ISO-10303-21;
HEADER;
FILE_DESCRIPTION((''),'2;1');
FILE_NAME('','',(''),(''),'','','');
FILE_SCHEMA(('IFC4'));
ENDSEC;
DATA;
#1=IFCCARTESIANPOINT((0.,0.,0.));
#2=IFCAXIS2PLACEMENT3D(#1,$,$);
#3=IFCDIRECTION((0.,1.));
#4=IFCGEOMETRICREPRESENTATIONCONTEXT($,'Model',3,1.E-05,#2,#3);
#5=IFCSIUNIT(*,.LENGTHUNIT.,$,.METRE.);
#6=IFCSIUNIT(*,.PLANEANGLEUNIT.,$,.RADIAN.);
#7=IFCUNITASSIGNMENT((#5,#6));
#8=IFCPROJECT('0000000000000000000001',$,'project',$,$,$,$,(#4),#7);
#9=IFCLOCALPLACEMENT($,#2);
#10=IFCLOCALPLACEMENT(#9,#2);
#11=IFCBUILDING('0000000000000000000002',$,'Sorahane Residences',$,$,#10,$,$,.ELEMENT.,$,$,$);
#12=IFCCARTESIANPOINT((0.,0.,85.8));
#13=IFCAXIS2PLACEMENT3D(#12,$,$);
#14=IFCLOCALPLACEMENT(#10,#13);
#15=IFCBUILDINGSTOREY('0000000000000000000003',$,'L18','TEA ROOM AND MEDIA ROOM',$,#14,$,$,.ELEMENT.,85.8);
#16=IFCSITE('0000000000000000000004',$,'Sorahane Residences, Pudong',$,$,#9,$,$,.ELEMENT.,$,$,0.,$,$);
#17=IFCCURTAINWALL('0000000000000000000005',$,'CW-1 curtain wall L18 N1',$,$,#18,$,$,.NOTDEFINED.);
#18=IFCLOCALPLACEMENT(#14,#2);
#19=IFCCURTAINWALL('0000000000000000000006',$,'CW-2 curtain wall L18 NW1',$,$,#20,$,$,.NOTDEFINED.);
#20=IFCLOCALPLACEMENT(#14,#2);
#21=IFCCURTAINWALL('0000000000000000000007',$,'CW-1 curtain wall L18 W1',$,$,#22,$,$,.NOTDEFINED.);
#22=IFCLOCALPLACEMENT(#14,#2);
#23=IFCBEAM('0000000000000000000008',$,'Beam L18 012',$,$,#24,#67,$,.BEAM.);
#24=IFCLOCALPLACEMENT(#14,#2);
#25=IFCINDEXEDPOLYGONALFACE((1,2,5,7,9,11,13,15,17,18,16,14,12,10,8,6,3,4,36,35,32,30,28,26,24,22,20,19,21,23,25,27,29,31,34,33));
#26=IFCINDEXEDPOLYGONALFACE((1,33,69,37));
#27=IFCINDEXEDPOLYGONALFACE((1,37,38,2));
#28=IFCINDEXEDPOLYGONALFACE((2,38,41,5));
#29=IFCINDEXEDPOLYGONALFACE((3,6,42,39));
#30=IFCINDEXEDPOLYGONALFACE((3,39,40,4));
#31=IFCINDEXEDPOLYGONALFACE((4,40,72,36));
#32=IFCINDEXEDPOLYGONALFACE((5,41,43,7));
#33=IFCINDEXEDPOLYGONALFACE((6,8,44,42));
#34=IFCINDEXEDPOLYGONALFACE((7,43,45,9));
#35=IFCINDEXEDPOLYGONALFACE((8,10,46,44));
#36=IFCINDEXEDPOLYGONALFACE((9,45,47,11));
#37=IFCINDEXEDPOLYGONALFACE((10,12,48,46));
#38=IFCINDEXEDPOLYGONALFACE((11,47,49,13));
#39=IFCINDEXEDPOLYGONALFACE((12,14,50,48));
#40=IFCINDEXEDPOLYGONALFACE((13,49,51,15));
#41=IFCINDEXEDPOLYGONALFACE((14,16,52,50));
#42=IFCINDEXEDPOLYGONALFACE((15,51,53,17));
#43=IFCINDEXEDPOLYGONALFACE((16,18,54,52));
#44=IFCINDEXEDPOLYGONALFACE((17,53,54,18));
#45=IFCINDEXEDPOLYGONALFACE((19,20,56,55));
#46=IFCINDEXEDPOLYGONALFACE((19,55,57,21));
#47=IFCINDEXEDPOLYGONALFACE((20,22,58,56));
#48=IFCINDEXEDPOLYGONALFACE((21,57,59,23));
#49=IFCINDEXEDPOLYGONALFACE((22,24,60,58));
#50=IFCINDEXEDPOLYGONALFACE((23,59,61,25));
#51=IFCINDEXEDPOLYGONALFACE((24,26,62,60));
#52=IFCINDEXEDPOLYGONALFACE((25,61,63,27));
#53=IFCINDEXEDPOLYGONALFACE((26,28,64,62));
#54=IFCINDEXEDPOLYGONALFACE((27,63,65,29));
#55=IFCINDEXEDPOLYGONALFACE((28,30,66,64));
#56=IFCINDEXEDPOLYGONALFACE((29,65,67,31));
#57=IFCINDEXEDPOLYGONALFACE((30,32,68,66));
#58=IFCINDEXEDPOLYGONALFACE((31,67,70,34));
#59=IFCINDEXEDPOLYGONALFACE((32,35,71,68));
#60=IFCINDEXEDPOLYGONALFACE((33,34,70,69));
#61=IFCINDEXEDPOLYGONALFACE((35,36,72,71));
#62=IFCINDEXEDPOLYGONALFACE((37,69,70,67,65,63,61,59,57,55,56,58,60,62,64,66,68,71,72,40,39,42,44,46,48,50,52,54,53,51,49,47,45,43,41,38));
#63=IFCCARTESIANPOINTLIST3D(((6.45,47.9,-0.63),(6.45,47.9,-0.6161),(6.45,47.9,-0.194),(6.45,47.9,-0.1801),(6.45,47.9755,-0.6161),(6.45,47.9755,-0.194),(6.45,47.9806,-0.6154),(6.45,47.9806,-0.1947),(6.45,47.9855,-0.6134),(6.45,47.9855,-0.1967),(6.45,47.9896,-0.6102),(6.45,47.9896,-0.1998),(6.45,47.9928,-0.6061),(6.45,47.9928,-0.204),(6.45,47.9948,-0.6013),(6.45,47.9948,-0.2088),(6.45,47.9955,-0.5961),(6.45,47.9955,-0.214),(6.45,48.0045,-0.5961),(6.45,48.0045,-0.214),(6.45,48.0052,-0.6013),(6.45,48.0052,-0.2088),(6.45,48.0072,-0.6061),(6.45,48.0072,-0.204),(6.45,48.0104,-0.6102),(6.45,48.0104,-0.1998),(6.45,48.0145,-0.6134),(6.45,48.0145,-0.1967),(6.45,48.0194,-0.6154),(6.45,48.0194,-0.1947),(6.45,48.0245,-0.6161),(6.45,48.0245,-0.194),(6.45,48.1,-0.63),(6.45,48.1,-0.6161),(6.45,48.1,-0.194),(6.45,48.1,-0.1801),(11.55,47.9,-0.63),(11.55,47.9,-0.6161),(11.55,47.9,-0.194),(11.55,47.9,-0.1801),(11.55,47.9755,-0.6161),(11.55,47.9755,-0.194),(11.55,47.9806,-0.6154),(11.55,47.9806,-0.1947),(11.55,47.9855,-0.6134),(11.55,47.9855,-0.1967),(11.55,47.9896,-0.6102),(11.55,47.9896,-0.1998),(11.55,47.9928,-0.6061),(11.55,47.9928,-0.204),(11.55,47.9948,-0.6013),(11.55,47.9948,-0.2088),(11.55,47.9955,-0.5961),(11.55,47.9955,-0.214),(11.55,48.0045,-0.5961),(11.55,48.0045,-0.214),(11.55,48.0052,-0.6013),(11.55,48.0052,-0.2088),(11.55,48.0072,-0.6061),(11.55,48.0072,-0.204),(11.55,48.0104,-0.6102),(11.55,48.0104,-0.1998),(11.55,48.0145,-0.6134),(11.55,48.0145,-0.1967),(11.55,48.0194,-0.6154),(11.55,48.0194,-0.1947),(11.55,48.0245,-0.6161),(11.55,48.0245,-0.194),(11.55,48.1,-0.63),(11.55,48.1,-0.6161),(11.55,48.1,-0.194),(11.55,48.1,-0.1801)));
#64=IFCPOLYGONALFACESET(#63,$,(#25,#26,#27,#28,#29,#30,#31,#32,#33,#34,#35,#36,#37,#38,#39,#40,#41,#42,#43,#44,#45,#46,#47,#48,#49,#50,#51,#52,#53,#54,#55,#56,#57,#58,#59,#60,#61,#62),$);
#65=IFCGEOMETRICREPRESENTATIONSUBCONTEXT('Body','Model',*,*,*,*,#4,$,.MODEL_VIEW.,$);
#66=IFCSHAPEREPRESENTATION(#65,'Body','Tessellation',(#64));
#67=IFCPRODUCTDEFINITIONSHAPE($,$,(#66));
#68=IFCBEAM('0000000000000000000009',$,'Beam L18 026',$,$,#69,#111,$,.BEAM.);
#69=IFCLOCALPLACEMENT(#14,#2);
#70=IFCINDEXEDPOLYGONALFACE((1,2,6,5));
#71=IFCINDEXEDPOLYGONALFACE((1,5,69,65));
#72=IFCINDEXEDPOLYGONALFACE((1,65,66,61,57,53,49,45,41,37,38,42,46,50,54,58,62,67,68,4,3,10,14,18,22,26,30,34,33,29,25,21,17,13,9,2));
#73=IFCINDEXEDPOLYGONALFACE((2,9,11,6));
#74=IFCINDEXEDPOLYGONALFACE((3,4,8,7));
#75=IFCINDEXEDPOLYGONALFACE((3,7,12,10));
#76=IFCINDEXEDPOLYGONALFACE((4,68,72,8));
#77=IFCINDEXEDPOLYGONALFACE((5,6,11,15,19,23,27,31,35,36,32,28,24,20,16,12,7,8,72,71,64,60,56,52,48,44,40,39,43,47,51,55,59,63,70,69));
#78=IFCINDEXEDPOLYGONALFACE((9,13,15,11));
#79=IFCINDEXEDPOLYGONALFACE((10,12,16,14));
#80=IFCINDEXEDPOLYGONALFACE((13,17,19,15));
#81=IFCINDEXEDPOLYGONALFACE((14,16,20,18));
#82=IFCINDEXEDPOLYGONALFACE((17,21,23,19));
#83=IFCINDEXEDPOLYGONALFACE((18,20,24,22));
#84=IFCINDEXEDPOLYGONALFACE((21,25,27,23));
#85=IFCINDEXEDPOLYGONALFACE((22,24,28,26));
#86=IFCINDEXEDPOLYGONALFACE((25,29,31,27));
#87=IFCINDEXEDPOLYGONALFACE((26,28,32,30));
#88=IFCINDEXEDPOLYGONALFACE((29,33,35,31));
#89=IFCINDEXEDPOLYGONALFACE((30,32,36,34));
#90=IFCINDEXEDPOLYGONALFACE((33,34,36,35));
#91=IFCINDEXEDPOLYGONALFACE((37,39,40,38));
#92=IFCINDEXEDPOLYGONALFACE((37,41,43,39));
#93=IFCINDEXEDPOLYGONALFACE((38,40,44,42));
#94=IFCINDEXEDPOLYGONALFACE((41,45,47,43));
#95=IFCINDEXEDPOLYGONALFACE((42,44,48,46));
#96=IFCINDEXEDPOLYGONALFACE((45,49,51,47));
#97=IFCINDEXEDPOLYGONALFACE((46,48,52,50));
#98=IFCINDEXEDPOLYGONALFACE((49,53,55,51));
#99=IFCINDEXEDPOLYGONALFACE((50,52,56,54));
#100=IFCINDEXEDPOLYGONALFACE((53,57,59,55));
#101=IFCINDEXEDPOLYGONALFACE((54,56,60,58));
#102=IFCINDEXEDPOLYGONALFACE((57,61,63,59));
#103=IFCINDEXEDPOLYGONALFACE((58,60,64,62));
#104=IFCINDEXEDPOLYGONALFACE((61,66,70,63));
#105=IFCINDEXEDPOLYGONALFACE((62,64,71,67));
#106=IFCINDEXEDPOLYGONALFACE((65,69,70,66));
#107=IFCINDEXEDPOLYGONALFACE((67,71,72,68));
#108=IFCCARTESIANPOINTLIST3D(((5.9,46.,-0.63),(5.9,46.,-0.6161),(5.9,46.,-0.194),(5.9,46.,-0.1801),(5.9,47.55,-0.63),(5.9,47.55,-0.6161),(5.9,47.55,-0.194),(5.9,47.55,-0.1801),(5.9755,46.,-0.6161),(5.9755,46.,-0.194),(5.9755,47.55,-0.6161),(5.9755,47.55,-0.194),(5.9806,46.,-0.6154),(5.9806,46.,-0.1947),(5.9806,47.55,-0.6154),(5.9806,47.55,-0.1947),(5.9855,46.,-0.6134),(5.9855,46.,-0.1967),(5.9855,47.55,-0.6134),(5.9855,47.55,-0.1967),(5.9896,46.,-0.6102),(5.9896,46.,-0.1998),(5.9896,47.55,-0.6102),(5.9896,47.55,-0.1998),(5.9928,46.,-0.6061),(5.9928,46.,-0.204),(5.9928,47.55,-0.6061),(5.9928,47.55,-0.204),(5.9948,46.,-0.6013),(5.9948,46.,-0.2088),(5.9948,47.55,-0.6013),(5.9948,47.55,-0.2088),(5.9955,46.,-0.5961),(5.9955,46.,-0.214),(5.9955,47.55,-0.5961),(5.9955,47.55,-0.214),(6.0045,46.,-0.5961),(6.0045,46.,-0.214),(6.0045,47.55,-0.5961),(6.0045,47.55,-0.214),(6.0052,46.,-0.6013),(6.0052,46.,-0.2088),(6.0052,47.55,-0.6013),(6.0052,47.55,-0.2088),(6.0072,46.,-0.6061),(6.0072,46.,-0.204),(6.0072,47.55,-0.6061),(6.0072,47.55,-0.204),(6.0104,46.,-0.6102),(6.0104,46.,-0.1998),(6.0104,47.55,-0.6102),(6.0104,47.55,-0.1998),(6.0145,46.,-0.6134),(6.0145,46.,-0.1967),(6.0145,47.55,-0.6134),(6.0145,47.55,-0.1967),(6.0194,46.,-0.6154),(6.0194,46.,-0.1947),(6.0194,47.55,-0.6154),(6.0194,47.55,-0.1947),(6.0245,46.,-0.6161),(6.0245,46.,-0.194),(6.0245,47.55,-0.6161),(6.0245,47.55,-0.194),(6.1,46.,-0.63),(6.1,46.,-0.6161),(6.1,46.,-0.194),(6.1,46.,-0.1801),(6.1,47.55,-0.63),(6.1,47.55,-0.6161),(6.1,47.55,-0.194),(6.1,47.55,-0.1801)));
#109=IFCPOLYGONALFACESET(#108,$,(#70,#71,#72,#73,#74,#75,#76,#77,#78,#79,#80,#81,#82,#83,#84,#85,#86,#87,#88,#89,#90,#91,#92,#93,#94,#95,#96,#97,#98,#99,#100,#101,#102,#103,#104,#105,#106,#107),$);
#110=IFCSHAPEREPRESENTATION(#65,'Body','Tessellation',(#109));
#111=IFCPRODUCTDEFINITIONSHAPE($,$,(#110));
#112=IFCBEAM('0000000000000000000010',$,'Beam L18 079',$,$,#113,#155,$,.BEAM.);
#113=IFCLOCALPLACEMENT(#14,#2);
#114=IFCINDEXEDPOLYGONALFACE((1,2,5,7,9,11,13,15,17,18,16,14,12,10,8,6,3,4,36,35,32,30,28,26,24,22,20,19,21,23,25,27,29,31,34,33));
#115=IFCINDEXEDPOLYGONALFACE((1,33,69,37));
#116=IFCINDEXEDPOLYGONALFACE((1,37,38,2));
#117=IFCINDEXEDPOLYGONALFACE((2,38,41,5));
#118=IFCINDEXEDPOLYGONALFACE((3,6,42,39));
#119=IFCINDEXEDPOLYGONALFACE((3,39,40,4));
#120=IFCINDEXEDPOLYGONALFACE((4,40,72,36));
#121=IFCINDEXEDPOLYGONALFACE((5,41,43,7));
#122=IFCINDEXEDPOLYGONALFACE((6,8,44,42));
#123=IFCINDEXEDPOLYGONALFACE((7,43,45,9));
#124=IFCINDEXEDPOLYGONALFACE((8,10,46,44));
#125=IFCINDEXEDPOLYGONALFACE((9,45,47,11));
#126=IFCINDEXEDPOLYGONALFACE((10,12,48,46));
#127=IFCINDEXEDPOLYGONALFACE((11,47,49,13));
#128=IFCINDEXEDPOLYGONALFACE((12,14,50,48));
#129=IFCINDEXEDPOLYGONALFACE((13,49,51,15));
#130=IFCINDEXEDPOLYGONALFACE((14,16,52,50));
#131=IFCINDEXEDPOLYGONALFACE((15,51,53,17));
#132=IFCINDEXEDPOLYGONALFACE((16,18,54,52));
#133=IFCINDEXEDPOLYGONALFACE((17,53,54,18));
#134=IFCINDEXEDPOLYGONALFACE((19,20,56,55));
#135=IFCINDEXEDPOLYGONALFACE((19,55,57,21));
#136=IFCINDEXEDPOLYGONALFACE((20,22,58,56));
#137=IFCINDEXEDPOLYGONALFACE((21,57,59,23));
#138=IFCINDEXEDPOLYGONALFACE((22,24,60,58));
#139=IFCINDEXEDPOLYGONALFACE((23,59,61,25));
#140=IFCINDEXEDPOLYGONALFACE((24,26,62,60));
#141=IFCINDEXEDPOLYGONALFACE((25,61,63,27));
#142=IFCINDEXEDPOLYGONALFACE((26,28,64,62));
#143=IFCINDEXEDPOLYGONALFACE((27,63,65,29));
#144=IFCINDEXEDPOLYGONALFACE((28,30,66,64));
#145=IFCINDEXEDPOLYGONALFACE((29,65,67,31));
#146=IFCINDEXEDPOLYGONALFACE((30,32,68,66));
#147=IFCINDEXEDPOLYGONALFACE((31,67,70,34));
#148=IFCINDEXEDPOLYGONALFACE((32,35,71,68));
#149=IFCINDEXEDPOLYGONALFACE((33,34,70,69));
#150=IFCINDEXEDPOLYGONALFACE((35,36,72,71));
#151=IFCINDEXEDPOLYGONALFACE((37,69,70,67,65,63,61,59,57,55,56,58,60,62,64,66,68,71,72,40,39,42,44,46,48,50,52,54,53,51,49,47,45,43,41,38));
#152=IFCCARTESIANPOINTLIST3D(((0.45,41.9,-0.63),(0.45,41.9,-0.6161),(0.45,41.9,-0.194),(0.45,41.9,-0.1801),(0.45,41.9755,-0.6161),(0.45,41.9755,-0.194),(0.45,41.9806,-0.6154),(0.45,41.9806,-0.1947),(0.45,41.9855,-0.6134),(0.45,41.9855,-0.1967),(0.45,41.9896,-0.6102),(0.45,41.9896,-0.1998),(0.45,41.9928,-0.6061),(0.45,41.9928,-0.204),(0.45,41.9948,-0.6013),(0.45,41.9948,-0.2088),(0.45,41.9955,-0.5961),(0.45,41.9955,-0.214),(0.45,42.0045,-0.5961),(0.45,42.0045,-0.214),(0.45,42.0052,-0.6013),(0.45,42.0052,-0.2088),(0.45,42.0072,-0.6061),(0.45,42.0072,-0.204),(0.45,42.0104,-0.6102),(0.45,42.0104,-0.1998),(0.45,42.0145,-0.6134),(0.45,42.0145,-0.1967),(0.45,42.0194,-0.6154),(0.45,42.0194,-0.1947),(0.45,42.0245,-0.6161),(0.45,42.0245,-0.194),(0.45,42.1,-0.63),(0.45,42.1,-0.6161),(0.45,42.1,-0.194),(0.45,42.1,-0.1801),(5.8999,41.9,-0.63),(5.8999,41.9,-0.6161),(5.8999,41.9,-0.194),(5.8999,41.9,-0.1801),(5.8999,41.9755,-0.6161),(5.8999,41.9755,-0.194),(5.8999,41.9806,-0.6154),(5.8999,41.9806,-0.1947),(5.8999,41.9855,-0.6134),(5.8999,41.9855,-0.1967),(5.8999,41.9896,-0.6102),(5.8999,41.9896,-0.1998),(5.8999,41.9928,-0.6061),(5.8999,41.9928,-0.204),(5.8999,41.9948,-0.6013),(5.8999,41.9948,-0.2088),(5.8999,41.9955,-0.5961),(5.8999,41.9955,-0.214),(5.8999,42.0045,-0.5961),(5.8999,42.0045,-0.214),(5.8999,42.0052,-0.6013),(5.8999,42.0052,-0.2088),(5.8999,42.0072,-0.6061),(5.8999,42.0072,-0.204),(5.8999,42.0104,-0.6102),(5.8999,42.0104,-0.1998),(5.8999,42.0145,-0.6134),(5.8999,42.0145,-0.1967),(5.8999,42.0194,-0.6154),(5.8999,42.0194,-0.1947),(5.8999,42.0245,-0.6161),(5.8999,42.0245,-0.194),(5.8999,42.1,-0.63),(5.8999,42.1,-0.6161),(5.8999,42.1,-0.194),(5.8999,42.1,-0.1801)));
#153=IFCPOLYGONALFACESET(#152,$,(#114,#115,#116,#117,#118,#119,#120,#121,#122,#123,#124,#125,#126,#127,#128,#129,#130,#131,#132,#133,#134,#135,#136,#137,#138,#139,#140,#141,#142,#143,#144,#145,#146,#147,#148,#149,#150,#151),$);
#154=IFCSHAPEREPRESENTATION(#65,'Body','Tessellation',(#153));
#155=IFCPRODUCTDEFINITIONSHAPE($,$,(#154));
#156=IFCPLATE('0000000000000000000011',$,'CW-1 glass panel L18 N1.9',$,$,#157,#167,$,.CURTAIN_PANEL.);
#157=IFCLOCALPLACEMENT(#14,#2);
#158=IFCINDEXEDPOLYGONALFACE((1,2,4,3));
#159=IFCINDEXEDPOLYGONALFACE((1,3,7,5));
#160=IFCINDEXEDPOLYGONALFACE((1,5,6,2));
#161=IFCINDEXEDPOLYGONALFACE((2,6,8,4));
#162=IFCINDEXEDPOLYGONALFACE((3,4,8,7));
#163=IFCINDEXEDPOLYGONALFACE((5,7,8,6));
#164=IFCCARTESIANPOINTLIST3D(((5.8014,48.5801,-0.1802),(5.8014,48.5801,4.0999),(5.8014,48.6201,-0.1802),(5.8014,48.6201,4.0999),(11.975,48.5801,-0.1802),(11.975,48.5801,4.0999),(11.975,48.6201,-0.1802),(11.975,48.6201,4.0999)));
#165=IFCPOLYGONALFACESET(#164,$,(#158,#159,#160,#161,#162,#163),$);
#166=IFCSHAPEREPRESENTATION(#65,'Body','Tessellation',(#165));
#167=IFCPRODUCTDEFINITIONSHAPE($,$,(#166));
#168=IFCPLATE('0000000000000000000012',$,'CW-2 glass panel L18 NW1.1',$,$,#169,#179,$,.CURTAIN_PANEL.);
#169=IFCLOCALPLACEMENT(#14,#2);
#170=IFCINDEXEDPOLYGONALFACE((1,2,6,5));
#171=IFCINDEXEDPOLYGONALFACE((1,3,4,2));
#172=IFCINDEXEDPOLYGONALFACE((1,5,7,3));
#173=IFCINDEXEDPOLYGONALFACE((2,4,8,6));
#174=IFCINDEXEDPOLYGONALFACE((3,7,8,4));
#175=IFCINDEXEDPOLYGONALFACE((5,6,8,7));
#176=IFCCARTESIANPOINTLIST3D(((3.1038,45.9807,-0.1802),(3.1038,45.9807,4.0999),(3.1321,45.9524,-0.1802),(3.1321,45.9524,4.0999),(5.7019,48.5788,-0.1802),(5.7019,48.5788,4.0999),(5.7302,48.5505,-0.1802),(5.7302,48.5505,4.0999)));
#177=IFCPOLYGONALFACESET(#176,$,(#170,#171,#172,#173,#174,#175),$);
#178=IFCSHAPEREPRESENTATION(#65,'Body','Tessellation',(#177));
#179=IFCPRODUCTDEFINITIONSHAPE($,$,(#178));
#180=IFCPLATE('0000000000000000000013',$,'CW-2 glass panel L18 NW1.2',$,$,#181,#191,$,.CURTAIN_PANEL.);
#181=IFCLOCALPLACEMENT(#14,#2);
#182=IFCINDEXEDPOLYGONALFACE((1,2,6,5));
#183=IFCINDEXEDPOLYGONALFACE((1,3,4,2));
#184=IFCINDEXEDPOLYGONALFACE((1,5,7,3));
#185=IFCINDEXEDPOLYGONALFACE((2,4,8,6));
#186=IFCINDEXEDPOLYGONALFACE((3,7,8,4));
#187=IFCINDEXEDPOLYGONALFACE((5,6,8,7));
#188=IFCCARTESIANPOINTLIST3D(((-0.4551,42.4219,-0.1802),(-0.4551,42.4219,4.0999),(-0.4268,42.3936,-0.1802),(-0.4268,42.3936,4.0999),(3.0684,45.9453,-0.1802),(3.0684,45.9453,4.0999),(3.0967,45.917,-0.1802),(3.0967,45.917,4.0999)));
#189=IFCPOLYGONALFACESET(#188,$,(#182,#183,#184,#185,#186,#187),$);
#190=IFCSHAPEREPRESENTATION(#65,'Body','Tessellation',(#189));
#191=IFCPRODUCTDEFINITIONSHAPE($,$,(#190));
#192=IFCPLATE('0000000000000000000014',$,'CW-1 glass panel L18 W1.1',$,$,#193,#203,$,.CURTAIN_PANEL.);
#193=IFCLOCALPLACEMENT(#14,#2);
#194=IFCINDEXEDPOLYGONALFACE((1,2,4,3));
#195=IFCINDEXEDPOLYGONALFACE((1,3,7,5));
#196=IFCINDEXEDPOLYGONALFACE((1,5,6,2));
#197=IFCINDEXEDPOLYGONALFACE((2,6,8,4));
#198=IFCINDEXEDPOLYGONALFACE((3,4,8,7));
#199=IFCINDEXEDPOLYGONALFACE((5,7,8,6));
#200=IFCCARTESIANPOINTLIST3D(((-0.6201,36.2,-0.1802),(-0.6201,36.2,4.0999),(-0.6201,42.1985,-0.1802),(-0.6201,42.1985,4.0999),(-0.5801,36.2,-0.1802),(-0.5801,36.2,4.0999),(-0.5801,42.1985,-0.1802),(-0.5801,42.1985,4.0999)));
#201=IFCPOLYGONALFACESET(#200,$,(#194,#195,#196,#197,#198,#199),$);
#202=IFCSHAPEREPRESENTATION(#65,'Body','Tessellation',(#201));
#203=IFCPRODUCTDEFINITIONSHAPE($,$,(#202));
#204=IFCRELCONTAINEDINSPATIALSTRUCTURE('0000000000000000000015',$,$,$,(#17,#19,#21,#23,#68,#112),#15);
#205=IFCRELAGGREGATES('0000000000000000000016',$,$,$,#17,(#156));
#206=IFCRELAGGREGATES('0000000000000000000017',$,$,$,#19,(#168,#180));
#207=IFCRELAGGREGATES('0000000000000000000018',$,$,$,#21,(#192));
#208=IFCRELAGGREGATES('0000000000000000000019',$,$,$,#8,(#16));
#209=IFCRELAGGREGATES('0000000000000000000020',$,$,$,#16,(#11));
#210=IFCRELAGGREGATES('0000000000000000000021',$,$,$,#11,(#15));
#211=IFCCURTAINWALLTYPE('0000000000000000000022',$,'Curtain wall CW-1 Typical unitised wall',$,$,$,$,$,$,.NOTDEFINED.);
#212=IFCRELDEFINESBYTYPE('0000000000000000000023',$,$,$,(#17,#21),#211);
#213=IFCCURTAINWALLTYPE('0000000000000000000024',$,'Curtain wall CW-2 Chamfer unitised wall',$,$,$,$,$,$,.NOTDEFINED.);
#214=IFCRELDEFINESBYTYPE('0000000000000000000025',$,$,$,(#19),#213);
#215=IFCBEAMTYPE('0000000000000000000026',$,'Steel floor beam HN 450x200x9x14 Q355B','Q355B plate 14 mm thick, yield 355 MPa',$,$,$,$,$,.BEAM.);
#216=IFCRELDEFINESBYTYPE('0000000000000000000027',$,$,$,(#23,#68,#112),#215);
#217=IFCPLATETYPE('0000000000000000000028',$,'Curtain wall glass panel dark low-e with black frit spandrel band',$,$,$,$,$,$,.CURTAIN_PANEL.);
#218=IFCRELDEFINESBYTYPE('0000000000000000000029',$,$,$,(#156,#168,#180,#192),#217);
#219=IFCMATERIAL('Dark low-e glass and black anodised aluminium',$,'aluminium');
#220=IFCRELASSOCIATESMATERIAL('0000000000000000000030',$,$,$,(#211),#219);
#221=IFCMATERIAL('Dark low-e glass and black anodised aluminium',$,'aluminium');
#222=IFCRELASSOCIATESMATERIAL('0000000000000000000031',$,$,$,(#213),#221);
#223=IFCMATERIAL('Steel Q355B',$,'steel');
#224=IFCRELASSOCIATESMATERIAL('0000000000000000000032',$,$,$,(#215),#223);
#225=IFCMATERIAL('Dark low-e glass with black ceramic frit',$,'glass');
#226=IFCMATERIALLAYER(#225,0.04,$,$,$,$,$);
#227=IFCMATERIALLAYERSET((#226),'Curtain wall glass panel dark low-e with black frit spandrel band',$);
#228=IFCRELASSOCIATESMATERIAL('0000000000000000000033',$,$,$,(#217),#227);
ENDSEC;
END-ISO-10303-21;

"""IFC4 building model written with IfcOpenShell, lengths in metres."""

from ifc_helpers import new_model, si_unit, direction, frame, origin, origin_2d, place, context, subcontext, project, spatial, rectangle, i_section, extrude, material, layer, layer_set, material_profile, profile_set, type_object, element, aggregate, save


model = new_model("IFC4")

# Units and contexts
model_context = context("Model", 3, precision=1e-05, world=origin(), true_north=direction((0.0, 1.0)))
body_context = subcontext(model_context, "Body", "Model", "MODEL_VIEW")
ifc_project = project(units=[si_unit("LENGTHUNIT", "METRE"), si_unit("PLANEANGLEUNIT", "RADIAN")], contexts=[model_context])

# Site, building, storey
site_placement = place(None, origin())
site = spatial("IfcSite", under=ifc_project, at=site_placement, Name="Sorahane Residences, Pudong", CompositionType="ELEMENT", RefElevation=0.0)
building_placement = place(site_placement, origin())
building = spatial("IfcBuilding", under=site, at=building_placement, Name="Sorahane Residences", CompositionType="ELEMENT")
storey_placement = place(building_placement, frame((0.0, 0.0, 85.8)))
storey = spatial("IfcBuildingStorey", under=building, at=storey_placement, Name="L18", Description="TEA ROOM AND MEDIA ROOM", CompositionType="ELEMENT", Elevation=85.8)

# Curtain wall
ifc_material_1 = material(Name="Dark low-e glass and black anodised aluminium", Category="aluminium")
curtain_wall_type_1 = type_object("IfcCurtainWallType", Name="Curtain wall CW-1 Typical unitised wall", PredefinedType="NOTDEFINED", material=ifc_material_1)
curtain_wall_1_placement = place(storey_placement, origin())
curtain_wall_1 = element("IfcCurtainWall", 1, at=curtain_wall_1_placement, inside=storey, type_object=curtain_wall_type_1, Name="CW-1 curtain wall L18 N1", PredefinedType="NOTDEFINED")

# Curtain wall
ifc_material_2 = material(Name="Dark low-e glass and black anodised aluminium", Category="aluminium")
curtain_wall_type_2 = type_object("IfcCurtainWallType", Name="Curtain wall CW-2 Chamfer unitised wall", PredefinedType="NOTDEFINED", material=ifc_material_2)
curtain_wall_2_placement = place(storey_placement, origin())
curtain_wall_2 = element("IfcCurtainWall", 2, at=curtain_wall_2_placement, inside=storey, type_object=curtain_wall_type_2, Name="CW-2 curtain wall L18 NW1", PredefinedType="NOTDEFINED")

# Curtain wall
curtain_wall_3_placement = place(storey_placement, origin())
curtain_wall_3 = element("IfcCurtainWall", 3, at=curtain_wall_3_placement, inside=storey, type_object=curtain_wall_type_1, Name="CW-1 curtain wall L18 W1", PredefinedType="NOTDEFINED")

# Beams
ifc_material_3 = material(Name="Steel Q355B", Category="steel")
ifc_material_profile_1 = material_profile(ifc_material_3, i_section(OverallWidth=0.2, OverallDepth=0.45, WebThickness=0.009, FlangeThickness=0.0139, FilletRadius=0.02, at=origin_2d()), Name="HN 450x200x9x14")
ifc_profile_set_1 = profile_set([ifc_material_profile_1], Name="Steel Q355B")
beam_type_1 = type_object("IfcBeamType", Name="Steel floor beam HN 450x200x9x14 Q355B", Description="Q355B plate 14 mm thick, yield 355 MPa", PredefinedType="BEAM", material=ifc_profile_set_1)
beam_1_placement = place(storey_placement, frame((6.45, 48.0, -0.405), z_axis=(1.0, 0.0, 0.0), x_axis=(0.0, 1.0, 0.0)))
element("IfcBeam", 4, at=beam_1_placement, inside=storey, type_object=beam_type_1, Name="Beam L18 012", PredefinedType="BEAM", context=body_context, shape_type="SweptSolid", body=[
    extrude(i_section(OverallWidth=0.2, OverallDepth=0.45, WebThickness=0.009, FlangeThickness=0.0139, FilletRadius=0.02, at=origin_2d()), origin(), (0.0, 0.0, 1.0), 5.1001),
])
beam_2_placement = place(storey_placement, frame((6.0, 46.0, -0.405), z_axis=(0.0, 1.0, 0.0), x_axis=(-1.0, 0.0, 0.0)))
element("IfcBeam", 5, at=beam_2_placement, inside=storey, type_object=beam_type_1, Name="Beam L18 026", PredefinedType="BEAM", context=body_context, shape_type="SweptSolid", body=[
    extrude(i_section(OverallWidth=0.2, OverallDepth=0.45, WebThickness=0.009, FlangeThickness=0.0139, FilletRadius=0.02, at=origin_2d()), origin(), (0.0, 0.0, 1.0), 1.55),
])
beam_3_placement = place(storey_placement, frame((0.45, 42.0, -0.405), z_axis=(1.0, 0.0, 0.0), x_axis=(0.0, 1.0, 0.0)))
element("IfcBeam", 6, at=beam_3_placement, inside=storey, type_object=beam_type_1, Name="Beam L18 079", PredefinedType="BEAM", context=body_context, shape_type="SweptSolid", body=[
    extrude(i_section(OverallWidth=0.2, OverallDepth=0.45, WebThickness=0.009, FlangeThickness=0.0139, FilletRadius=0.02, at=origin_2d()), origin(), (0.0, 0.0, 1.0), 5.45),
])

# Plates
ifc_material_4 = material(Name="Dark low-e glass with black ceramic frit", Category="glass")
ifc_layer_1 = layer(ifc_material_4, 0.04)
ifc_layer_set_1 = layer_set([ifc_layer_1], Name="Curtain wall glass panel dark low-e with black frit spandrel band")
plate_type = type_object("IfcPlateType", Name="Curtain wall glass panel dark low-e with black frit spandrel band", PredefinedType="CURTAIN_PANEL", material=ifc_layer_set_1)
plate_1_placement = place(storey_placement, frame((8.8882, 48.6001, -0.1802), z_axis=(0.0, 0.0, 1.0), x_axis=(-1.0, 0.0, 0.0)))
plate_1 = element("IfcPlate", 7, at=plate_1_placement, type_object=plate_type, Name="CW-1 glass panel L18 N1.9", PredefinedType="CURTAIN_PANEL", context=body_context, shape_type="SweptSolid", body=[
    extrude(rectangle(XDim=6.1736, YDim=0.04, at=origin_2d()), origin(), (0.0, 0.0, 1.0), 4.28),
])
aggregate(curtain_wall_1, [plate_1])
plate_2_placement = place(storey_placement, frame((4.417, 47.2656, -0.1802), z_axis=(0.0, 0.0, 1.0), x_axis=(-0.707107, -0.707107, 0.0)))
plate_2 = element("IfcPlate", 8, at=plate_2_placement, type_object=plate_type, Name="CW-2 glass panel L18 NW1.1", PredefinedType="CURTAIN_PANEL", context=body_context, shape_type="SweptSolid", body=[
    extrude(rectangle(XDim=3.6743, YDim=0.04, at=origin_2d()), origin(), (0.0, 0.0, 1.0), 4.28),
])
plate_3_placement = place(storey_placement, frame((1.3208, 44.1694, -0.1802), z_axis=(0.0, 0.0, 1.0), x_axis=(-0.707107, -0.707107, 0.0)))
plate_3 = element("IfcPlate", 9, at=plate_3_placement, type_object=plate_type, Name="CW-2 glass panel L18 NW1.2", PredefinedType="CURTAIN_PANEL", context=body_context, shape_type="SweptSolid", body=[
    extrude(rectangle(XDim=4.9829, YDim=0.04, at=origin_2d()), origin(), (0.0, 0.0, 1.0), 4.28),
])
aggregate(curtain_wall_2, [plate_2, plate_3])
plate_4_placement = place(storey_placement, frame((-0.6001, 39.1992, -0.1802), z_axis=(0.0, 0.0, 1.0), x_axis=(0.0, -1.0, 0.0)))
plate_4 = element("IfcPlate", 10, at=plate_4_placement, type_object=plate_type, Name="CW-1 glass panel L18 W1.1", PredefinedType="CURTAIN_PANEL", context=body_context, shape_type="SweptSolid", body=[
    extrude(rectangle(XDim=5.9985, YDim=0.04, at=origin_2d()), origin(), (0.0, 0.0, 1.0), 4.28),
])
aggregate(curtain_wall_3, [plate_4])

save(model, "model.ifc")
